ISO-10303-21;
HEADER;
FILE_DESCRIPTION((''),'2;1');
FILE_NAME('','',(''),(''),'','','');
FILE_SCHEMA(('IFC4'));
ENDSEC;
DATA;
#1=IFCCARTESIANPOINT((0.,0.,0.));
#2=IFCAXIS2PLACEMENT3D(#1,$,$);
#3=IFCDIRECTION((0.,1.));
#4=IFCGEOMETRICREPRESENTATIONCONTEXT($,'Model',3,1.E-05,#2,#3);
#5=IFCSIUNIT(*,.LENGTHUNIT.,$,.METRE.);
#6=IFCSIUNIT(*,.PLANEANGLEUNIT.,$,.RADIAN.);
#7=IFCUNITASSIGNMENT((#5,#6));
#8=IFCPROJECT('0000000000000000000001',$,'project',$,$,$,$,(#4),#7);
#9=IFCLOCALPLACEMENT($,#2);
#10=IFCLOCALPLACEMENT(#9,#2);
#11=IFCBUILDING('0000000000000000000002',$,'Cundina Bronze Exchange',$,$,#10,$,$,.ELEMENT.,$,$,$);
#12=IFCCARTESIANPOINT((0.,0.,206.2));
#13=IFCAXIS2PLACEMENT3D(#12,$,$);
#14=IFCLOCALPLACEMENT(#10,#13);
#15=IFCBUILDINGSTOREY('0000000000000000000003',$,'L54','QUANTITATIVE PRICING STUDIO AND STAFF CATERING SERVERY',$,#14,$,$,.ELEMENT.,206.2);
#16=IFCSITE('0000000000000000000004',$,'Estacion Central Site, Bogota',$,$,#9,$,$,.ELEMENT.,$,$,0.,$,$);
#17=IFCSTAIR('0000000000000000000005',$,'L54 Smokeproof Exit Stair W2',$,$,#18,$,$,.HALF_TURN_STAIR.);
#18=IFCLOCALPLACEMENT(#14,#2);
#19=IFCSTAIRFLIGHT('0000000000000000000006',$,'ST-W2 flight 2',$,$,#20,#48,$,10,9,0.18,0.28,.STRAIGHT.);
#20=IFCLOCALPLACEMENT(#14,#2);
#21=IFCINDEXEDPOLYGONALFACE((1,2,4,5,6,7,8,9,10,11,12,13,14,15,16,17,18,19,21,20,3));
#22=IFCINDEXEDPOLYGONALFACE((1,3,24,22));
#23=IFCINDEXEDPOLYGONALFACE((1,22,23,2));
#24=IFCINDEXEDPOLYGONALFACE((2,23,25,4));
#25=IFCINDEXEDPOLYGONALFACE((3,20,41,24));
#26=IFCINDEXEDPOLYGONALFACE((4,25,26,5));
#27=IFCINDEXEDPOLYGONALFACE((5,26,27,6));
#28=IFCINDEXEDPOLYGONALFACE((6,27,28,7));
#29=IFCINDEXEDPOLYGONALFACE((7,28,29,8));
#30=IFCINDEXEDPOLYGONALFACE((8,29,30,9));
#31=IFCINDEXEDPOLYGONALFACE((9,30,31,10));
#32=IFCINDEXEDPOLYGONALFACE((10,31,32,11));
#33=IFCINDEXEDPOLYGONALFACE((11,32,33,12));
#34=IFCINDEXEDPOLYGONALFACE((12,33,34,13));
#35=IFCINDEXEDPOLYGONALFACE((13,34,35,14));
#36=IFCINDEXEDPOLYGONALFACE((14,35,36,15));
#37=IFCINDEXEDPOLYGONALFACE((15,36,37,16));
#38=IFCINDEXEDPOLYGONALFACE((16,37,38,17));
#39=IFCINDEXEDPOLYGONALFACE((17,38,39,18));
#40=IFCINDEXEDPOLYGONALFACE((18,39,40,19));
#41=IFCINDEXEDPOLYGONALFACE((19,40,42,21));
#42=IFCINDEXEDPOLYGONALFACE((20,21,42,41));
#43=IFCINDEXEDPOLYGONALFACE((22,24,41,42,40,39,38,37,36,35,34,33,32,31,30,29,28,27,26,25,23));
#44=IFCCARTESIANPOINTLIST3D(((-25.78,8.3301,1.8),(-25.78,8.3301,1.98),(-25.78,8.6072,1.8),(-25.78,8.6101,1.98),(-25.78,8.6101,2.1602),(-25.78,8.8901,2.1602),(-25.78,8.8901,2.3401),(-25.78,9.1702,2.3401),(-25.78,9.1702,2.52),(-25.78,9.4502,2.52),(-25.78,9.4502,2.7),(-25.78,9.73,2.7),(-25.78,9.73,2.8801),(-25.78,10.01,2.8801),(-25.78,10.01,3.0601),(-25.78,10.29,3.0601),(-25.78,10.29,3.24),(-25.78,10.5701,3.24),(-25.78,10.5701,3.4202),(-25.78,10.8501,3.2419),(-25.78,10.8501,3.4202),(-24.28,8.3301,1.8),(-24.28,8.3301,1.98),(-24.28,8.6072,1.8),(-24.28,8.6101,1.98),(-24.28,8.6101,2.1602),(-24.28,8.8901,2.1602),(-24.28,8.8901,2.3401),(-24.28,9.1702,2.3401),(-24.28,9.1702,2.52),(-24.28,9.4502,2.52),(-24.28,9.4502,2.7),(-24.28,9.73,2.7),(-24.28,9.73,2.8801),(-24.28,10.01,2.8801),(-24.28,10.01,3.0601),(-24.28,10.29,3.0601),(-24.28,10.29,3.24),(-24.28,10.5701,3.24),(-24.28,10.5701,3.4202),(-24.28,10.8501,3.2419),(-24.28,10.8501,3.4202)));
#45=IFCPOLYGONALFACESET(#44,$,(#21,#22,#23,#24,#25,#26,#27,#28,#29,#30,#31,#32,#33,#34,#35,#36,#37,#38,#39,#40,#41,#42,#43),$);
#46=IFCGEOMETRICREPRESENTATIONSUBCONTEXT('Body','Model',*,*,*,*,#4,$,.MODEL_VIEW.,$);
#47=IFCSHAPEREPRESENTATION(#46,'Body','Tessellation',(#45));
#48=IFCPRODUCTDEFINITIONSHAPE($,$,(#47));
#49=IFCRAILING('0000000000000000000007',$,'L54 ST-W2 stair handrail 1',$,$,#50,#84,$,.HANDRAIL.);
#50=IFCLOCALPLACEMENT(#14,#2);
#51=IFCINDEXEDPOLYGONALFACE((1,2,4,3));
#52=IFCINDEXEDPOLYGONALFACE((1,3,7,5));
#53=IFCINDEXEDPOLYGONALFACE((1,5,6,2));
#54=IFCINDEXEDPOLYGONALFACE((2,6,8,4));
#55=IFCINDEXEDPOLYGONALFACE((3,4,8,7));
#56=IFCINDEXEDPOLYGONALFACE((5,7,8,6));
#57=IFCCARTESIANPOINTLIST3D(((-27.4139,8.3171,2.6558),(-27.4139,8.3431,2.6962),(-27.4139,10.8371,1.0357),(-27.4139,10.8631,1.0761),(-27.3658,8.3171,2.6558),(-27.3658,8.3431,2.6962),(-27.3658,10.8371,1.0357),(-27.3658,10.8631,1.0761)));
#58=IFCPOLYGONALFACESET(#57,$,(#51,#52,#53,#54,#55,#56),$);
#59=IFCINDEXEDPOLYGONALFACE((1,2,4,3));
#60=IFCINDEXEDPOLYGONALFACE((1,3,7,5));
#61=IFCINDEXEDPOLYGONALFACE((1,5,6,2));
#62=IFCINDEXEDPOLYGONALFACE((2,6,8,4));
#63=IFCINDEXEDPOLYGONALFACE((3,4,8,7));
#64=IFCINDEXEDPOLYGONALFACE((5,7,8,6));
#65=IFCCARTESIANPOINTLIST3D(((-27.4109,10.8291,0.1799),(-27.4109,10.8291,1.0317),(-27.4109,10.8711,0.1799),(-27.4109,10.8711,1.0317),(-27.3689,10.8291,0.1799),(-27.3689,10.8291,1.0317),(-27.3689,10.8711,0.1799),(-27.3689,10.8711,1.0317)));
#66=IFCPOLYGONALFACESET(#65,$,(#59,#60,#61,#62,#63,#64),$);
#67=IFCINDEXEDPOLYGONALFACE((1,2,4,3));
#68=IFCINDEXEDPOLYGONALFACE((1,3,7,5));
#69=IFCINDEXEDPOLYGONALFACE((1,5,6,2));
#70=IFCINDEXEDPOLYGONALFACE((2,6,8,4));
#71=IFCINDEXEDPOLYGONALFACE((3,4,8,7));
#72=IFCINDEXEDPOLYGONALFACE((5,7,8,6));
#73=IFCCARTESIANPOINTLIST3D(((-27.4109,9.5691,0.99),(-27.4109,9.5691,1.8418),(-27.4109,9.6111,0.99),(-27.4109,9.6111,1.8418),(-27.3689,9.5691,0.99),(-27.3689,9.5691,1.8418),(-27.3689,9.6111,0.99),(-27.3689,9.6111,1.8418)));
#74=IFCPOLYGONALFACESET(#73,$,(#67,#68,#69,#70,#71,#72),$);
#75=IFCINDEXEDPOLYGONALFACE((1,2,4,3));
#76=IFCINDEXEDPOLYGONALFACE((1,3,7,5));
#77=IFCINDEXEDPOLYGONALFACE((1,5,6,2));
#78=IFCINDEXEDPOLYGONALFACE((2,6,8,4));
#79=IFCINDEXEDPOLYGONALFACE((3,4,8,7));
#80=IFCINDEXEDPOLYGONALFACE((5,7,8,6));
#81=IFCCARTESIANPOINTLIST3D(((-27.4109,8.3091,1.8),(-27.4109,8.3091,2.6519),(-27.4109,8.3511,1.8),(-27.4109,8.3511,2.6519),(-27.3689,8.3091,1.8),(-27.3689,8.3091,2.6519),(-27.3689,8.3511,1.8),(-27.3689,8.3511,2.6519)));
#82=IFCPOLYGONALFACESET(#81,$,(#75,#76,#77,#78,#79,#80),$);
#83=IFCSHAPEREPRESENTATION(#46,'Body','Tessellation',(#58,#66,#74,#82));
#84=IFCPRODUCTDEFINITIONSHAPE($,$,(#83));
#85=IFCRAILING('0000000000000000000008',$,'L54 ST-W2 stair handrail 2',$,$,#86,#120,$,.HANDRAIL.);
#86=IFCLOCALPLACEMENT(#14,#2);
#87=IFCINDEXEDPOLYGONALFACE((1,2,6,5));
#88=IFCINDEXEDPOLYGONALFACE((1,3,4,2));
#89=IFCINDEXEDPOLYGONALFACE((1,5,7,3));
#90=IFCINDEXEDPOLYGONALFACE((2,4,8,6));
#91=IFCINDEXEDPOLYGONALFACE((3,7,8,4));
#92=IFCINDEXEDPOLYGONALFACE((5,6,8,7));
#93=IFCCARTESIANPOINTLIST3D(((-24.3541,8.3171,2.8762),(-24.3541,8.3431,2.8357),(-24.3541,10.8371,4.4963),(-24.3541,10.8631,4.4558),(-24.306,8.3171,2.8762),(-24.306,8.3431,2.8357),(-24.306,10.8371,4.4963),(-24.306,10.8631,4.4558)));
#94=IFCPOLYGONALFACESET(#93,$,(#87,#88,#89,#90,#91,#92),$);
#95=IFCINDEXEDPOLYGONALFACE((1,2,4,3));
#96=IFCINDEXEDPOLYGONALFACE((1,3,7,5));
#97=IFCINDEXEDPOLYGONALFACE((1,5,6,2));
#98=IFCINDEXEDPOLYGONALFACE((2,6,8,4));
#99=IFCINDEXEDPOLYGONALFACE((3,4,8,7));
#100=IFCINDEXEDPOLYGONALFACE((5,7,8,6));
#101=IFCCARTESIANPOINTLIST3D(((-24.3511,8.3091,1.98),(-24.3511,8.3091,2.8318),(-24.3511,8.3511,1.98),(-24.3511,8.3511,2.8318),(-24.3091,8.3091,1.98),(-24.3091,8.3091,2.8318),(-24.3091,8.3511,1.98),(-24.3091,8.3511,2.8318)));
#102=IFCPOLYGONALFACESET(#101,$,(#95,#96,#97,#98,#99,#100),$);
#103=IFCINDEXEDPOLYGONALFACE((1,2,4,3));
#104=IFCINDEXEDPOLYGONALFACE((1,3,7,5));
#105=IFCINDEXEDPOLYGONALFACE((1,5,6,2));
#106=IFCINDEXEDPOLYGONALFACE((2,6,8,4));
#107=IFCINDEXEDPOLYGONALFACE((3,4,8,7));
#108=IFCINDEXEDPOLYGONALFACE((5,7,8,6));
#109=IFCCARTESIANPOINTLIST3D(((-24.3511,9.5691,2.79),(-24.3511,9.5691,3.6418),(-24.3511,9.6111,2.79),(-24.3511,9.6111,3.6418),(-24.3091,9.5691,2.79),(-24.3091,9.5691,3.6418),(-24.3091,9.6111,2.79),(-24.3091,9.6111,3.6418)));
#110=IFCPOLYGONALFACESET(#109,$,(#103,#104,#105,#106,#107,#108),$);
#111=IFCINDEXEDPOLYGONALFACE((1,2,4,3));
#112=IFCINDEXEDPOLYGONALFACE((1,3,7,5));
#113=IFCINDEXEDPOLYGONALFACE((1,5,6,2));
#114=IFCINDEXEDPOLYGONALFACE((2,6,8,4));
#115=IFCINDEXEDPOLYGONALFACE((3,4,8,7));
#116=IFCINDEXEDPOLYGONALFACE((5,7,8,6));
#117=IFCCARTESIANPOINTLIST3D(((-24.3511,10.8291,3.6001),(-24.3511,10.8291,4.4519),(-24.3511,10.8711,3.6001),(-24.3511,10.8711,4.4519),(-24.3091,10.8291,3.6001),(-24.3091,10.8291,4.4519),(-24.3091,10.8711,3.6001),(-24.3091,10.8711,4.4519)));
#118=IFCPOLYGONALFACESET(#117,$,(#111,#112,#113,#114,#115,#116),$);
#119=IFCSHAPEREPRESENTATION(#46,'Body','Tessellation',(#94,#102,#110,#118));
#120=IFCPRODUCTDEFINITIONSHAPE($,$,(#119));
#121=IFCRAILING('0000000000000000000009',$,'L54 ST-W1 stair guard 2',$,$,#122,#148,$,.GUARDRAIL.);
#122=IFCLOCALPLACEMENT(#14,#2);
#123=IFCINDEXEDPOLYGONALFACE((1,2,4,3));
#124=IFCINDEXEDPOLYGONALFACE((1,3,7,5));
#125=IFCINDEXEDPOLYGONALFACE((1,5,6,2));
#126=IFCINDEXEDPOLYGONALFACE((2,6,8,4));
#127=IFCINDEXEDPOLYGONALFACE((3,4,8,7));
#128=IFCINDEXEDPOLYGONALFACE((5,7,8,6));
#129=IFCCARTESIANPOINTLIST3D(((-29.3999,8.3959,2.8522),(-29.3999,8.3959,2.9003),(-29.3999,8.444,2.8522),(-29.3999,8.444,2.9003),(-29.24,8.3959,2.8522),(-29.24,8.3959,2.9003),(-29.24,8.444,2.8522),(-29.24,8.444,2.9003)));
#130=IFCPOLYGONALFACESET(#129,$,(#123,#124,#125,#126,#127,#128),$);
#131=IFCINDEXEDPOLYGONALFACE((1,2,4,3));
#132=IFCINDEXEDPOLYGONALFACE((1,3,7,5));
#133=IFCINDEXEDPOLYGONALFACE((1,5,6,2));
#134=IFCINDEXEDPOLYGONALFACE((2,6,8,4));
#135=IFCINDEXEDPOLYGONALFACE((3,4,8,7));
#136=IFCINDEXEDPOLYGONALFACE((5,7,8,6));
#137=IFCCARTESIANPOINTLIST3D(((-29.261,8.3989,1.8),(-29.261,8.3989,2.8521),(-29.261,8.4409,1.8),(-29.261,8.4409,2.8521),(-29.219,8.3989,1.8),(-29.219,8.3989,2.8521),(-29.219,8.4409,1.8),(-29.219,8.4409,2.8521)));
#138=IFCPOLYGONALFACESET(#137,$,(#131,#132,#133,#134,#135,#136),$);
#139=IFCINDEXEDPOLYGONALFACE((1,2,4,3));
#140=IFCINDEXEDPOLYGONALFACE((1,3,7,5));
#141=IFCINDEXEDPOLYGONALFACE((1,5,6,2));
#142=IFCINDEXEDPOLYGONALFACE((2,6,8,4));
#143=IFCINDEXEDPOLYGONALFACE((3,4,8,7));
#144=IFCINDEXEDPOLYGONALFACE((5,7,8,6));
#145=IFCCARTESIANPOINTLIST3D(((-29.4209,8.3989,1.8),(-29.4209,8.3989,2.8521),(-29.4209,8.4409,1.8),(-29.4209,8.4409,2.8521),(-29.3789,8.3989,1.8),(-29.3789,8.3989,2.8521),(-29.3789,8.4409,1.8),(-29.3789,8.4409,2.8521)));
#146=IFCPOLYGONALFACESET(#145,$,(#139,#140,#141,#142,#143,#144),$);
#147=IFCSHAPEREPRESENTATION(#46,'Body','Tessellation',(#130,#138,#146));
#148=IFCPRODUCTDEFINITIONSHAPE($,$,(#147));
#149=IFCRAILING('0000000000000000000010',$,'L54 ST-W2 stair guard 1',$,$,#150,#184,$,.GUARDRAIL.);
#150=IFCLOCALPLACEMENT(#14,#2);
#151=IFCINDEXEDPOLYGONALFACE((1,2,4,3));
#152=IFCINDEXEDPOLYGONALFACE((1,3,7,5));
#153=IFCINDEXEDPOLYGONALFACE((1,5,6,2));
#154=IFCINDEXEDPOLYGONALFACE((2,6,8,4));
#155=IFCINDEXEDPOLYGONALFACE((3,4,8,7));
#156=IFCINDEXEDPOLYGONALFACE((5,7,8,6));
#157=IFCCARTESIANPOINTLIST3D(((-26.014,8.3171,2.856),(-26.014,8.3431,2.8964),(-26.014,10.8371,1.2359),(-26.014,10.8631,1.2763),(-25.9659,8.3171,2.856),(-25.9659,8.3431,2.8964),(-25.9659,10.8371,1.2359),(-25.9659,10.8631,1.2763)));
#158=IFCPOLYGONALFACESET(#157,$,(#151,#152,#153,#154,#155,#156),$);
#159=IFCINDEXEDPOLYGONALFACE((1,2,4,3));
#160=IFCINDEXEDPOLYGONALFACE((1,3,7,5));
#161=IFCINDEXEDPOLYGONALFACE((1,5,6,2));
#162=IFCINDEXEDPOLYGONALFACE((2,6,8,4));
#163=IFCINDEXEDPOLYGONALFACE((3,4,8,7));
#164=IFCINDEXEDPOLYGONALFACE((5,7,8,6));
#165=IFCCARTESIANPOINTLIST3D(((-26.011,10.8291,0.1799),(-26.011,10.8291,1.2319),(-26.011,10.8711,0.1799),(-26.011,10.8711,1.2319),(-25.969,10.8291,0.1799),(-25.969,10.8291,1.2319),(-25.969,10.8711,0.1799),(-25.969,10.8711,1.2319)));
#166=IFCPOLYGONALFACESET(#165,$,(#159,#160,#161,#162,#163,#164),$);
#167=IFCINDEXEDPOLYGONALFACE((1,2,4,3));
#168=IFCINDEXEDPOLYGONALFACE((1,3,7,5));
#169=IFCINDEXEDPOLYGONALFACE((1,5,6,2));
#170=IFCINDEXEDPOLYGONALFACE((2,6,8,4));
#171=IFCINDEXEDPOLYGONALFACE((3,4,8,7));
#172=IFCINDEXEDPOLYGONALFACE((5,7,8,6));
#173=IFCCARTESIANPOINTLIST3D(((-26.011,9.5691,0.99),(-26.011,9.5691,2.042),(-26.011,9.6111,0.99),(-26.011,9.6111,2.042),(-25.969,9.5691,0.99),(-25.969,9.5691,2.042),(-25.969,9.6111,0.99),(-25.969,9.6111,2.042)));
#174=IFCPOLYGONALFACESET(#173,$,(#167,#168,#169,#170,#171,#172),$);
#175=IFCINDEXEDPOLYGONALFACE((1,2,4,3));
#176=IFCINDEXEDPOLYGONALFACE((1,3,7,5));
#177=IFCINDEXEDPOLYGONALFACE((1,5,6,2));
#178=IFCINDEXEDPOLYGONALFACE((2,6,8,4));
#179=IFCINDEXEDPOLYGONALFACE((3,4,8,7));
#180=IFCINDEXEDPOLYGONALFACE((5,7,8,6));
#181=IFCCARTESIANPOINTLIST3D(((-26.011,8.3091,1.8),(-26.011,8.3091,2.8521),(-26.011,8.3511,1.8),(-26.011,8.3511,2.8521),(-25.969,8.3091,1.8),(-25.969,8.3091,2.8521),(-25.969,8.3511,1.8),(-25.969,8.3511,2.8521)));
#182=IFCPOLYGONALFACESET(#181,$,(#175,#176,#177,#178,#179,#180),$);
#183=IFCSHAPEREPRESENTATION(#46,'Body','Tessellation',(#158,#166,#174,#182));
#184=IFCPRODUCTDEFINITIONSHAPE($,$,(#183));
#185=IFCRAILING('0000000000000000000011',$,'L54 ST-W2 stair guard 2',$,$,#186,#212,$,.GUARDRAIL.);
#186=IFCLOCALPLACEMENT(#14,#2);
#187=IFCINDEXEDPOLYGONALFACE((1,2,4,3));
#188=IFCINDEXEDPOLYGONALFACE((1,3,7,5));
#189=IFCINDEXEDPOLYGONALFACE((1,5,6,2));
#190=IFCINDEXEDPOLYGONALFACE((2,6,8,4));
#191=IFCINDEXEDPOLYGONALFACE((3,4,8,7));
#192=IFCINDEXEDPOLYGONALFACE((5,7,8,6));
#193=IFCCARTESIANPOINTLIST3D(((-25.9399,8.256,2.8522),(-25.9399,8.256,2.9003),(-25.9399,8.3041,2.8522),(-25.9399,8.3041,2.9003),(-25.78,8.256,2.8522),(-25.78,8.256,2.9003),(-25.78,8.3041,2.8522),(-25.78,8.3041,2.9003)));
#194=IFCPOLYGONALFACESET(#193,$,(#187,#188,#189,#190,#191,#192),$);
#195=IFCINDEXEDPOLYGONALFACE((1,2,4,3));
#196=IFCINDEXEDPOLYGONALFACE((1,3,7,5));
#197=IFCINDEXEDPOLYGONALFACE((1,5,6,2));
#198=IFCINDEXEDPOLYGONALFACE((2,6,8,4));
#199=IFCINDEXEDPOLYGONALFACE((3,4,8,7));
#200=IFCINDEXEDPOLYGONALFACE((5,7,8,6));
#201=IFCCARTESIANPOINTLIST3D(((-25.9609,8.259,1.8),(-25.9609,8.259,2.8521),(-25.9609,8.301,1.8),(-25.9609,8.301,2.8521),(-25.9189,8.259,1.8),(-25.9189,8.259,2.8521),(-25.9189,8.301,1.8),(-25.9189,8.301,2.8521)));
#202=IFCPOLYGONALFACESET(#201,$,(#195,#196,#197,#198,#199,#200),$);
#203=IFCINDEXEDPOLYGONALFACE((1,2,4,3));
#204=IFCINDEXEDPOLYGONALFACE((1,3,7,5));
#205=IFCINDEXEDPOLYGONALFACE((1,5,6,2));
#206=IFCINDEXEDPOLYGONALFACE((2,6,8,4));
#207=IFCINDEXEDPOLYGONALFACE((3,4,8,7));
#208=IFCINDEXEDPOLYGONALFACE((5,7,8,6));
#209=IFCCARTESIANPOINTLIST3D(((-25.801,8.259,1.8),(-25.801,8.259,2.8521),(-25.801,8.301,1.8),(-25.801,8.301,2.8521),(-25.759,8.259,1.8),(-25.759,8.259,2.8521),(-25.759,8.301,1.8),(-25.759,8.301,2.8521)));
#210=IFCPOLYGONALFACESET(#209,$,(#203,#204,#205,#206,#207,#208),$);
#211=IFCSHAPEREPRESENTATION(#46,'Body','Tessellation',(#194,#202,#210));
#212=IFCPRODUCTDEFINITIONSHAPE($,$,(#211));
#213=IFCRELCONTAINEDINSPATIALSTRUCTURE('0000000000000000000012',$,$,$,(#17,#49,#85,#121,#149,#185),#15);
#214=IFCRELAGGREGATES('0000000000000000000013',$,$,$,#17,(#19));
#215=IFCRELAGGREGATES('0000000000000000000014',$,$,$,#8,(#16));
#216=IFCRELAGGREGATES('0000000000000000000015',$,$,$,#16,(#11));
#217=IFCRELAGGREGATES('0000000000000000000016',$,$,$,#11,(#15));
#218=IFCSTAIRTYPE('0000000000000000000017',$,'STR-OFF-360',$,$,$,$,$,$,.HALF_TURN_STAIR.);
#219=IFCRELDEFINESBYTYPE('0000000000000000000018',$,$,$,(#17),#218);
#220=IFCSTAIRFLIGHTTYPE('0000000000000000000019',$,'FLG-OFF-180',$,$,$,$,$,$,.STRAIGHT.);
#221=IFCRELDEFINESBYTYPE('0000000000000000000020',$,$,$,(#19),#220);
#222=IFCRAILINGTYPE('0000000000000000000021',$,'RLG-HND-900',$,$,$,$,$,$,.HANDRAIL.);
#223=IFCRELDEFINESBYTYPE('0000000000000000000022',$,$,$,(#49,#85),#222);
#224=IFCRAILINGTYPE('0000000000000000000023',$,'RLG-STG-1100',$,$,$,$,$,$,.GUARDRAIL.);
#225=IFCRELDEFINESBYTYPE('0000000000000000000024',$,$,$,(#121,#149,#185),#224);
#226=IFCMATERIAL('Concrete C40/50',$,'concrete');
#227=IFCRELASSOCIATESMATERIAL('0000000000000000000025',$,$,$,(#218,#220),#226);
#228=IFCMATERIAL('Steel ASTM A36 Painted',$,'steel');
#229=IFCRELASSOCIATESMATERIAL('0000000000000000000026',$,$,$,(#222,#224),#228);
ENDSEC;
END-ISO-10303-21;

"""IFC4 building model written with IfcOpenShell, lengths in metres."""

from ifc_helpers import new_model, si_unit, direction, frame, origin, origin_2d, place, context, subcontext, project, spatial, polyline, rectangle, outline, extrude, material, type_object, element, aggregate, save


model = new_model("IFC4")

# Units and contexts
model_context = context("Model", 3, precision=1e-05, world=origin(), true_north=direction((0.0, 1.0)))
body_context = subcontext(model_context, "Body", "Model", "MODEL_VIEW")
ifc_project = project(units=[si_unit("LENGTHUNIT", "METRE"), si_unit("PLANEANGLEUNIT", "RADIAN")], contexts=[model_context])

# Site, building, storey
site_placement = place(None, origin())
site = spatial("IfcSite", under=ifc_project, at=site_placement, Name="Estacion Central Site, Bogota", CompositionType="ELEMENT", RefElevation=0.0)
building_placement = place(site_placement, origin())
building = spatial("IfcBuilding", under=site, at=building_placement, Name="Cundina Bronze Exchange", CompositionType="ELEMENT")
storey_placement = place(building_placement, frame((0.0, 0.0, 206.2)))
storey = spatial("IfcBuildingStorey", under=building, at=storey_placement, Name="L54", Description="QUANTITATIVE PRICING STUDIO AND STAFF CATERING SERVERY", CompositionType="ELEMENT", Elevation=206.2)

# Shared definitions
ifc_material_1 = material(Name="Steel ASTM A36 Painted", Category="steel")

# Stair, stair flight
ifc_material_2 = material(Name="Concrete C40/50", Category="concrete")
stair_type = type_object("IfcStairType", Name="STR-OFF-360", PredefinedType="HALF_TURN_STAIR", material=ifc_material_2)
stair_placement = place(storey_placement, origin())
stair = element("IfcStair", 1, at=stair_placement, inside=storey, type_object=stair_type, Name="L54 Smokeproof Exit Stair W2", PredefinedType="HALF_TURN_STAIR")
stair_flight_type = type_object("IfcStairFlightType", Name="FLG-OFF-180", PredefinedType="STRAIGHT", material=ifc_material_2)
stair_flight_1_placement = place(storey_placement, frame((-25.03, 8.3301, 1.8), z_axis=(0.0, 0.0, 1.0), x_axis=(0.0, 1.0, 0.0)))
stair_flight_1 = element("IfcStairFlight", 2, at=stair_flight_1_placement, type_object=stair_flight_type, Name="ST-W2 flight 2", NumberOfRisers=10, NumberOfTreads=9, PredefinedType="STRAIGHT", RiserHeight=0.18, TreadLength=0.28, context=body_context, shape_type="SweptSolid", body=[
    extrude(outline(polyline([(0.0, 0.0), (0.0, 0.1799), (0.28, 0.1799), (0.28, 0.3601), (0.5601, 0.3601), (0.5601, 0.54), (0.8401, 0.54), (0.8401, 0.72), (1.1201, 0.72), (1.1201, 0.8999), (1.3999, 0.8999), (1.3999, 1.0801), (1.6799, 1.0801), (1.6799, 1.26), (1.96, 1.26), (1.96, 1.4399), (2.24, 1.4399), (2.24, 1.6201), (2.52, 1.6201), (2.52, 1.8), (2.52, 1.4419), (0.2771, 0.0), (0.0, 0.0)])), frame((0.0, 0.75, 0.0), z_axis=(0.0, -1.0, 0.0), x_axis=(1.0, 0.0, 0.0)), (0.0, 0.0, 1.0), 1.5),
])
aggregate(stair, [stair_flight_1])

# Railings
railing_type_1 = type_object("IfcRailingType", Name="RLG-HND-900", PredefinedType="HANDRAIL", material=ifc_material_1)
railing_1_placement = place(storey_placement, frame((-27.3899, 10.8501, 0.1799)))
element("IfcRailing", 3, at=railing_1_placement, inside=storey, type_object=railing_type_1, Name="L54 ST-W2 stair handrail 1", PredefinedType="HANDRAIL", context=body_context, shape_type="SweptSolid", body=[
    extrude(rectangle(XDim=0.0481, YDim=0.0481, at=origin_2d()), frame((0.0, 0.0, 0.876), z_axis=(0.0, -0.841163, 0.540782), x_axis=(1.0, 0.0, 0.0)), (0.0, 0.0, 1.0), 2.9958),
    extrude(rectangle(XDim=0.042, YDim=0.042, at=origin_2d()), origin(), (0.0, 0.0, 1.0), 0.8518),
    extrude(rectangle(XDim=0.042, YDim=0.042, at=origin_2d()), frame((0.0, -1.26, 0.8101)), (0.0, 0.0, 1.0), 0.8518),
    extrude(rectangle(XDim=0.042, YDim=0.042, at=origin_2d()), frame((0.0, -2.52, 1.6201)), (0.0, 0.0, 1.0), 0.8518),
])
railing_2_placement = place(storey_placement, frame((-24.3301, 8.3301, 1.98)))
element("IfcRailing", 4, at=railing_2_placement, inside=storey, type_object=railing_type_1, Name="L54 ST-W2 stair handrail 2", PredefinedType="HANDRAIL", context=body_context, shape_type="SweptSolid", body=[
    extrude(rectangle(XDim=0.0481, YDim=0.0481, at=origin_2d()), frame((0.0, 0.0, 0.876), z_axis=(0.0, 0.841163, 0.540782), x_axis=(-1.0, 0.0, 0.0)), (0.0, 0.0, 1.0), 2.9958),
    extrude(rectangle(XDim=0.042, YDim=0.042, at=origin_2d()), origin(), (0.0, 0.0, 1.0), 0.8518),
    extrude(rectangle(XDim=0.042, YDim=0.042, at=origin_2d()), frame((0.0, 1.26, 0.8101)), (0.0, 0.0, 1.0), 0.8518),
    extrude(rectangle(XDim=0.042, YDim=0.042, at=origin_2d()), frame((0.0, 2.52, 1.6201)), (0.0, 0.0, 1.0), 0.8518),
])
railing_type_2 = type_object("IfcRailingType", Name="RLG-STG-1100", PredefinedType="GUARDRAIL", material=ifc_material_1)
railing_3_placement = place(storey_placement, frame((-29.24, 8.4199, 1.8)))
element("IfcRailing", 5, at=railing_3_placement, inside=storey, type_object=railing_type_2, Name="L54 ST-W1 stair guard 2", PredefinedType="GUARDRAIL", context=body_context, shape_type="SweptSolid", body=[
    extrude(rectangle(XDim=0.0481, YDim=0.0481, at=origin_2d()), frame((0.0, 0.0, 1.0762), z_axis=(-1.0, 0.0, 0.0), x_axis=(0.0, -1.0, 0.0)), (0.0, 0.0, 1.0), 0.1599),
    extrude(rectangle(XDim=0.042, YDim=0.042, at=origin_2d()), origin(), (0.0, 0.0, 1.0), 1.052),
    extrude(rectangle(XDim=0.042, YDim=0.042, at=origin_2d()), frame((-0.1599, 0.0, 0.0)), (0.0, 0.0, 1.0), 1.052),
])
railing_4_placement = place(storey_placement, frame((-25.99, 10.8501, 0.1799)))
element("IfcRailing", 6, at=railing_4_placement, inside=storey, type_object=railing_type_2, Name="L54 ST-W2 stair guard 1", PredefinedType="GUARDRAIL", context=body_context, shape_type="SweptSolid", body=[
    extrude(rectangle(XDim=0.0481, YDim=0.0481, at=origin_2d()), frame((0.0, 0.0, 1.0762), z_axis=(0.0, -0.841163, 0.540782), x_axis=(1.0, 0.0, 0.0)), (0.0, 0.0, 1.0), 2.9958),
    extrude(rectangle(XDim=0.042, YDim=0.042, at=origin_2d()), origin(), (0.0, 0.0, 1.0), 1.052),
    extrude(rectangle(XDim=0.042, YDim=0.042, at=origin_2d()), frame((0.0, -1.26, 0.8101)), (0.0, 0.0, 1.0), 1.052),
    extrude(rectangle(XDim=0.042, YDim=0.042, at=origin_2d()), frame((0.0, -2.52, 1.6201)), (0.0, 0.0, 1.0), 1.052),
])
railing_5_placement = place(storey_placement, frame((-25.9399, 8.28, 1.8)))
element("IfcRailing", 7, at=railing_5_placement, inside=storey, type_object=railing_type_2, Name="L54 ST-W2 stair guard 2", PredefinedType="GUARDRAIL", context=body_context, shape_type="SweptSolid", body=[
    extrude(rectangle(XDim=0.0481, YDim=0.0481, at=origin_2d()), frame((0.0, 0.0, 1.0762), z_axis=(1.0, 0.0, 0.0), x_axis=(0.0, 1.0, 0.0)), (0.0, 0.0, 1.0), 0.1599),
    extrude(rectangle(XDim=0.042, YDim=0.042, at=origin_2d()), origin(), (0.0, 0.0, 1.0), 1.052),
    extrude(rectangle(XDim=0.042, YDim=0.042, at=origin_2d()), frame((0.1599, 0.0, 0.0)), (0.0, 0.0, 1.0), 1.052),
])

save(model, "model.ifc")
